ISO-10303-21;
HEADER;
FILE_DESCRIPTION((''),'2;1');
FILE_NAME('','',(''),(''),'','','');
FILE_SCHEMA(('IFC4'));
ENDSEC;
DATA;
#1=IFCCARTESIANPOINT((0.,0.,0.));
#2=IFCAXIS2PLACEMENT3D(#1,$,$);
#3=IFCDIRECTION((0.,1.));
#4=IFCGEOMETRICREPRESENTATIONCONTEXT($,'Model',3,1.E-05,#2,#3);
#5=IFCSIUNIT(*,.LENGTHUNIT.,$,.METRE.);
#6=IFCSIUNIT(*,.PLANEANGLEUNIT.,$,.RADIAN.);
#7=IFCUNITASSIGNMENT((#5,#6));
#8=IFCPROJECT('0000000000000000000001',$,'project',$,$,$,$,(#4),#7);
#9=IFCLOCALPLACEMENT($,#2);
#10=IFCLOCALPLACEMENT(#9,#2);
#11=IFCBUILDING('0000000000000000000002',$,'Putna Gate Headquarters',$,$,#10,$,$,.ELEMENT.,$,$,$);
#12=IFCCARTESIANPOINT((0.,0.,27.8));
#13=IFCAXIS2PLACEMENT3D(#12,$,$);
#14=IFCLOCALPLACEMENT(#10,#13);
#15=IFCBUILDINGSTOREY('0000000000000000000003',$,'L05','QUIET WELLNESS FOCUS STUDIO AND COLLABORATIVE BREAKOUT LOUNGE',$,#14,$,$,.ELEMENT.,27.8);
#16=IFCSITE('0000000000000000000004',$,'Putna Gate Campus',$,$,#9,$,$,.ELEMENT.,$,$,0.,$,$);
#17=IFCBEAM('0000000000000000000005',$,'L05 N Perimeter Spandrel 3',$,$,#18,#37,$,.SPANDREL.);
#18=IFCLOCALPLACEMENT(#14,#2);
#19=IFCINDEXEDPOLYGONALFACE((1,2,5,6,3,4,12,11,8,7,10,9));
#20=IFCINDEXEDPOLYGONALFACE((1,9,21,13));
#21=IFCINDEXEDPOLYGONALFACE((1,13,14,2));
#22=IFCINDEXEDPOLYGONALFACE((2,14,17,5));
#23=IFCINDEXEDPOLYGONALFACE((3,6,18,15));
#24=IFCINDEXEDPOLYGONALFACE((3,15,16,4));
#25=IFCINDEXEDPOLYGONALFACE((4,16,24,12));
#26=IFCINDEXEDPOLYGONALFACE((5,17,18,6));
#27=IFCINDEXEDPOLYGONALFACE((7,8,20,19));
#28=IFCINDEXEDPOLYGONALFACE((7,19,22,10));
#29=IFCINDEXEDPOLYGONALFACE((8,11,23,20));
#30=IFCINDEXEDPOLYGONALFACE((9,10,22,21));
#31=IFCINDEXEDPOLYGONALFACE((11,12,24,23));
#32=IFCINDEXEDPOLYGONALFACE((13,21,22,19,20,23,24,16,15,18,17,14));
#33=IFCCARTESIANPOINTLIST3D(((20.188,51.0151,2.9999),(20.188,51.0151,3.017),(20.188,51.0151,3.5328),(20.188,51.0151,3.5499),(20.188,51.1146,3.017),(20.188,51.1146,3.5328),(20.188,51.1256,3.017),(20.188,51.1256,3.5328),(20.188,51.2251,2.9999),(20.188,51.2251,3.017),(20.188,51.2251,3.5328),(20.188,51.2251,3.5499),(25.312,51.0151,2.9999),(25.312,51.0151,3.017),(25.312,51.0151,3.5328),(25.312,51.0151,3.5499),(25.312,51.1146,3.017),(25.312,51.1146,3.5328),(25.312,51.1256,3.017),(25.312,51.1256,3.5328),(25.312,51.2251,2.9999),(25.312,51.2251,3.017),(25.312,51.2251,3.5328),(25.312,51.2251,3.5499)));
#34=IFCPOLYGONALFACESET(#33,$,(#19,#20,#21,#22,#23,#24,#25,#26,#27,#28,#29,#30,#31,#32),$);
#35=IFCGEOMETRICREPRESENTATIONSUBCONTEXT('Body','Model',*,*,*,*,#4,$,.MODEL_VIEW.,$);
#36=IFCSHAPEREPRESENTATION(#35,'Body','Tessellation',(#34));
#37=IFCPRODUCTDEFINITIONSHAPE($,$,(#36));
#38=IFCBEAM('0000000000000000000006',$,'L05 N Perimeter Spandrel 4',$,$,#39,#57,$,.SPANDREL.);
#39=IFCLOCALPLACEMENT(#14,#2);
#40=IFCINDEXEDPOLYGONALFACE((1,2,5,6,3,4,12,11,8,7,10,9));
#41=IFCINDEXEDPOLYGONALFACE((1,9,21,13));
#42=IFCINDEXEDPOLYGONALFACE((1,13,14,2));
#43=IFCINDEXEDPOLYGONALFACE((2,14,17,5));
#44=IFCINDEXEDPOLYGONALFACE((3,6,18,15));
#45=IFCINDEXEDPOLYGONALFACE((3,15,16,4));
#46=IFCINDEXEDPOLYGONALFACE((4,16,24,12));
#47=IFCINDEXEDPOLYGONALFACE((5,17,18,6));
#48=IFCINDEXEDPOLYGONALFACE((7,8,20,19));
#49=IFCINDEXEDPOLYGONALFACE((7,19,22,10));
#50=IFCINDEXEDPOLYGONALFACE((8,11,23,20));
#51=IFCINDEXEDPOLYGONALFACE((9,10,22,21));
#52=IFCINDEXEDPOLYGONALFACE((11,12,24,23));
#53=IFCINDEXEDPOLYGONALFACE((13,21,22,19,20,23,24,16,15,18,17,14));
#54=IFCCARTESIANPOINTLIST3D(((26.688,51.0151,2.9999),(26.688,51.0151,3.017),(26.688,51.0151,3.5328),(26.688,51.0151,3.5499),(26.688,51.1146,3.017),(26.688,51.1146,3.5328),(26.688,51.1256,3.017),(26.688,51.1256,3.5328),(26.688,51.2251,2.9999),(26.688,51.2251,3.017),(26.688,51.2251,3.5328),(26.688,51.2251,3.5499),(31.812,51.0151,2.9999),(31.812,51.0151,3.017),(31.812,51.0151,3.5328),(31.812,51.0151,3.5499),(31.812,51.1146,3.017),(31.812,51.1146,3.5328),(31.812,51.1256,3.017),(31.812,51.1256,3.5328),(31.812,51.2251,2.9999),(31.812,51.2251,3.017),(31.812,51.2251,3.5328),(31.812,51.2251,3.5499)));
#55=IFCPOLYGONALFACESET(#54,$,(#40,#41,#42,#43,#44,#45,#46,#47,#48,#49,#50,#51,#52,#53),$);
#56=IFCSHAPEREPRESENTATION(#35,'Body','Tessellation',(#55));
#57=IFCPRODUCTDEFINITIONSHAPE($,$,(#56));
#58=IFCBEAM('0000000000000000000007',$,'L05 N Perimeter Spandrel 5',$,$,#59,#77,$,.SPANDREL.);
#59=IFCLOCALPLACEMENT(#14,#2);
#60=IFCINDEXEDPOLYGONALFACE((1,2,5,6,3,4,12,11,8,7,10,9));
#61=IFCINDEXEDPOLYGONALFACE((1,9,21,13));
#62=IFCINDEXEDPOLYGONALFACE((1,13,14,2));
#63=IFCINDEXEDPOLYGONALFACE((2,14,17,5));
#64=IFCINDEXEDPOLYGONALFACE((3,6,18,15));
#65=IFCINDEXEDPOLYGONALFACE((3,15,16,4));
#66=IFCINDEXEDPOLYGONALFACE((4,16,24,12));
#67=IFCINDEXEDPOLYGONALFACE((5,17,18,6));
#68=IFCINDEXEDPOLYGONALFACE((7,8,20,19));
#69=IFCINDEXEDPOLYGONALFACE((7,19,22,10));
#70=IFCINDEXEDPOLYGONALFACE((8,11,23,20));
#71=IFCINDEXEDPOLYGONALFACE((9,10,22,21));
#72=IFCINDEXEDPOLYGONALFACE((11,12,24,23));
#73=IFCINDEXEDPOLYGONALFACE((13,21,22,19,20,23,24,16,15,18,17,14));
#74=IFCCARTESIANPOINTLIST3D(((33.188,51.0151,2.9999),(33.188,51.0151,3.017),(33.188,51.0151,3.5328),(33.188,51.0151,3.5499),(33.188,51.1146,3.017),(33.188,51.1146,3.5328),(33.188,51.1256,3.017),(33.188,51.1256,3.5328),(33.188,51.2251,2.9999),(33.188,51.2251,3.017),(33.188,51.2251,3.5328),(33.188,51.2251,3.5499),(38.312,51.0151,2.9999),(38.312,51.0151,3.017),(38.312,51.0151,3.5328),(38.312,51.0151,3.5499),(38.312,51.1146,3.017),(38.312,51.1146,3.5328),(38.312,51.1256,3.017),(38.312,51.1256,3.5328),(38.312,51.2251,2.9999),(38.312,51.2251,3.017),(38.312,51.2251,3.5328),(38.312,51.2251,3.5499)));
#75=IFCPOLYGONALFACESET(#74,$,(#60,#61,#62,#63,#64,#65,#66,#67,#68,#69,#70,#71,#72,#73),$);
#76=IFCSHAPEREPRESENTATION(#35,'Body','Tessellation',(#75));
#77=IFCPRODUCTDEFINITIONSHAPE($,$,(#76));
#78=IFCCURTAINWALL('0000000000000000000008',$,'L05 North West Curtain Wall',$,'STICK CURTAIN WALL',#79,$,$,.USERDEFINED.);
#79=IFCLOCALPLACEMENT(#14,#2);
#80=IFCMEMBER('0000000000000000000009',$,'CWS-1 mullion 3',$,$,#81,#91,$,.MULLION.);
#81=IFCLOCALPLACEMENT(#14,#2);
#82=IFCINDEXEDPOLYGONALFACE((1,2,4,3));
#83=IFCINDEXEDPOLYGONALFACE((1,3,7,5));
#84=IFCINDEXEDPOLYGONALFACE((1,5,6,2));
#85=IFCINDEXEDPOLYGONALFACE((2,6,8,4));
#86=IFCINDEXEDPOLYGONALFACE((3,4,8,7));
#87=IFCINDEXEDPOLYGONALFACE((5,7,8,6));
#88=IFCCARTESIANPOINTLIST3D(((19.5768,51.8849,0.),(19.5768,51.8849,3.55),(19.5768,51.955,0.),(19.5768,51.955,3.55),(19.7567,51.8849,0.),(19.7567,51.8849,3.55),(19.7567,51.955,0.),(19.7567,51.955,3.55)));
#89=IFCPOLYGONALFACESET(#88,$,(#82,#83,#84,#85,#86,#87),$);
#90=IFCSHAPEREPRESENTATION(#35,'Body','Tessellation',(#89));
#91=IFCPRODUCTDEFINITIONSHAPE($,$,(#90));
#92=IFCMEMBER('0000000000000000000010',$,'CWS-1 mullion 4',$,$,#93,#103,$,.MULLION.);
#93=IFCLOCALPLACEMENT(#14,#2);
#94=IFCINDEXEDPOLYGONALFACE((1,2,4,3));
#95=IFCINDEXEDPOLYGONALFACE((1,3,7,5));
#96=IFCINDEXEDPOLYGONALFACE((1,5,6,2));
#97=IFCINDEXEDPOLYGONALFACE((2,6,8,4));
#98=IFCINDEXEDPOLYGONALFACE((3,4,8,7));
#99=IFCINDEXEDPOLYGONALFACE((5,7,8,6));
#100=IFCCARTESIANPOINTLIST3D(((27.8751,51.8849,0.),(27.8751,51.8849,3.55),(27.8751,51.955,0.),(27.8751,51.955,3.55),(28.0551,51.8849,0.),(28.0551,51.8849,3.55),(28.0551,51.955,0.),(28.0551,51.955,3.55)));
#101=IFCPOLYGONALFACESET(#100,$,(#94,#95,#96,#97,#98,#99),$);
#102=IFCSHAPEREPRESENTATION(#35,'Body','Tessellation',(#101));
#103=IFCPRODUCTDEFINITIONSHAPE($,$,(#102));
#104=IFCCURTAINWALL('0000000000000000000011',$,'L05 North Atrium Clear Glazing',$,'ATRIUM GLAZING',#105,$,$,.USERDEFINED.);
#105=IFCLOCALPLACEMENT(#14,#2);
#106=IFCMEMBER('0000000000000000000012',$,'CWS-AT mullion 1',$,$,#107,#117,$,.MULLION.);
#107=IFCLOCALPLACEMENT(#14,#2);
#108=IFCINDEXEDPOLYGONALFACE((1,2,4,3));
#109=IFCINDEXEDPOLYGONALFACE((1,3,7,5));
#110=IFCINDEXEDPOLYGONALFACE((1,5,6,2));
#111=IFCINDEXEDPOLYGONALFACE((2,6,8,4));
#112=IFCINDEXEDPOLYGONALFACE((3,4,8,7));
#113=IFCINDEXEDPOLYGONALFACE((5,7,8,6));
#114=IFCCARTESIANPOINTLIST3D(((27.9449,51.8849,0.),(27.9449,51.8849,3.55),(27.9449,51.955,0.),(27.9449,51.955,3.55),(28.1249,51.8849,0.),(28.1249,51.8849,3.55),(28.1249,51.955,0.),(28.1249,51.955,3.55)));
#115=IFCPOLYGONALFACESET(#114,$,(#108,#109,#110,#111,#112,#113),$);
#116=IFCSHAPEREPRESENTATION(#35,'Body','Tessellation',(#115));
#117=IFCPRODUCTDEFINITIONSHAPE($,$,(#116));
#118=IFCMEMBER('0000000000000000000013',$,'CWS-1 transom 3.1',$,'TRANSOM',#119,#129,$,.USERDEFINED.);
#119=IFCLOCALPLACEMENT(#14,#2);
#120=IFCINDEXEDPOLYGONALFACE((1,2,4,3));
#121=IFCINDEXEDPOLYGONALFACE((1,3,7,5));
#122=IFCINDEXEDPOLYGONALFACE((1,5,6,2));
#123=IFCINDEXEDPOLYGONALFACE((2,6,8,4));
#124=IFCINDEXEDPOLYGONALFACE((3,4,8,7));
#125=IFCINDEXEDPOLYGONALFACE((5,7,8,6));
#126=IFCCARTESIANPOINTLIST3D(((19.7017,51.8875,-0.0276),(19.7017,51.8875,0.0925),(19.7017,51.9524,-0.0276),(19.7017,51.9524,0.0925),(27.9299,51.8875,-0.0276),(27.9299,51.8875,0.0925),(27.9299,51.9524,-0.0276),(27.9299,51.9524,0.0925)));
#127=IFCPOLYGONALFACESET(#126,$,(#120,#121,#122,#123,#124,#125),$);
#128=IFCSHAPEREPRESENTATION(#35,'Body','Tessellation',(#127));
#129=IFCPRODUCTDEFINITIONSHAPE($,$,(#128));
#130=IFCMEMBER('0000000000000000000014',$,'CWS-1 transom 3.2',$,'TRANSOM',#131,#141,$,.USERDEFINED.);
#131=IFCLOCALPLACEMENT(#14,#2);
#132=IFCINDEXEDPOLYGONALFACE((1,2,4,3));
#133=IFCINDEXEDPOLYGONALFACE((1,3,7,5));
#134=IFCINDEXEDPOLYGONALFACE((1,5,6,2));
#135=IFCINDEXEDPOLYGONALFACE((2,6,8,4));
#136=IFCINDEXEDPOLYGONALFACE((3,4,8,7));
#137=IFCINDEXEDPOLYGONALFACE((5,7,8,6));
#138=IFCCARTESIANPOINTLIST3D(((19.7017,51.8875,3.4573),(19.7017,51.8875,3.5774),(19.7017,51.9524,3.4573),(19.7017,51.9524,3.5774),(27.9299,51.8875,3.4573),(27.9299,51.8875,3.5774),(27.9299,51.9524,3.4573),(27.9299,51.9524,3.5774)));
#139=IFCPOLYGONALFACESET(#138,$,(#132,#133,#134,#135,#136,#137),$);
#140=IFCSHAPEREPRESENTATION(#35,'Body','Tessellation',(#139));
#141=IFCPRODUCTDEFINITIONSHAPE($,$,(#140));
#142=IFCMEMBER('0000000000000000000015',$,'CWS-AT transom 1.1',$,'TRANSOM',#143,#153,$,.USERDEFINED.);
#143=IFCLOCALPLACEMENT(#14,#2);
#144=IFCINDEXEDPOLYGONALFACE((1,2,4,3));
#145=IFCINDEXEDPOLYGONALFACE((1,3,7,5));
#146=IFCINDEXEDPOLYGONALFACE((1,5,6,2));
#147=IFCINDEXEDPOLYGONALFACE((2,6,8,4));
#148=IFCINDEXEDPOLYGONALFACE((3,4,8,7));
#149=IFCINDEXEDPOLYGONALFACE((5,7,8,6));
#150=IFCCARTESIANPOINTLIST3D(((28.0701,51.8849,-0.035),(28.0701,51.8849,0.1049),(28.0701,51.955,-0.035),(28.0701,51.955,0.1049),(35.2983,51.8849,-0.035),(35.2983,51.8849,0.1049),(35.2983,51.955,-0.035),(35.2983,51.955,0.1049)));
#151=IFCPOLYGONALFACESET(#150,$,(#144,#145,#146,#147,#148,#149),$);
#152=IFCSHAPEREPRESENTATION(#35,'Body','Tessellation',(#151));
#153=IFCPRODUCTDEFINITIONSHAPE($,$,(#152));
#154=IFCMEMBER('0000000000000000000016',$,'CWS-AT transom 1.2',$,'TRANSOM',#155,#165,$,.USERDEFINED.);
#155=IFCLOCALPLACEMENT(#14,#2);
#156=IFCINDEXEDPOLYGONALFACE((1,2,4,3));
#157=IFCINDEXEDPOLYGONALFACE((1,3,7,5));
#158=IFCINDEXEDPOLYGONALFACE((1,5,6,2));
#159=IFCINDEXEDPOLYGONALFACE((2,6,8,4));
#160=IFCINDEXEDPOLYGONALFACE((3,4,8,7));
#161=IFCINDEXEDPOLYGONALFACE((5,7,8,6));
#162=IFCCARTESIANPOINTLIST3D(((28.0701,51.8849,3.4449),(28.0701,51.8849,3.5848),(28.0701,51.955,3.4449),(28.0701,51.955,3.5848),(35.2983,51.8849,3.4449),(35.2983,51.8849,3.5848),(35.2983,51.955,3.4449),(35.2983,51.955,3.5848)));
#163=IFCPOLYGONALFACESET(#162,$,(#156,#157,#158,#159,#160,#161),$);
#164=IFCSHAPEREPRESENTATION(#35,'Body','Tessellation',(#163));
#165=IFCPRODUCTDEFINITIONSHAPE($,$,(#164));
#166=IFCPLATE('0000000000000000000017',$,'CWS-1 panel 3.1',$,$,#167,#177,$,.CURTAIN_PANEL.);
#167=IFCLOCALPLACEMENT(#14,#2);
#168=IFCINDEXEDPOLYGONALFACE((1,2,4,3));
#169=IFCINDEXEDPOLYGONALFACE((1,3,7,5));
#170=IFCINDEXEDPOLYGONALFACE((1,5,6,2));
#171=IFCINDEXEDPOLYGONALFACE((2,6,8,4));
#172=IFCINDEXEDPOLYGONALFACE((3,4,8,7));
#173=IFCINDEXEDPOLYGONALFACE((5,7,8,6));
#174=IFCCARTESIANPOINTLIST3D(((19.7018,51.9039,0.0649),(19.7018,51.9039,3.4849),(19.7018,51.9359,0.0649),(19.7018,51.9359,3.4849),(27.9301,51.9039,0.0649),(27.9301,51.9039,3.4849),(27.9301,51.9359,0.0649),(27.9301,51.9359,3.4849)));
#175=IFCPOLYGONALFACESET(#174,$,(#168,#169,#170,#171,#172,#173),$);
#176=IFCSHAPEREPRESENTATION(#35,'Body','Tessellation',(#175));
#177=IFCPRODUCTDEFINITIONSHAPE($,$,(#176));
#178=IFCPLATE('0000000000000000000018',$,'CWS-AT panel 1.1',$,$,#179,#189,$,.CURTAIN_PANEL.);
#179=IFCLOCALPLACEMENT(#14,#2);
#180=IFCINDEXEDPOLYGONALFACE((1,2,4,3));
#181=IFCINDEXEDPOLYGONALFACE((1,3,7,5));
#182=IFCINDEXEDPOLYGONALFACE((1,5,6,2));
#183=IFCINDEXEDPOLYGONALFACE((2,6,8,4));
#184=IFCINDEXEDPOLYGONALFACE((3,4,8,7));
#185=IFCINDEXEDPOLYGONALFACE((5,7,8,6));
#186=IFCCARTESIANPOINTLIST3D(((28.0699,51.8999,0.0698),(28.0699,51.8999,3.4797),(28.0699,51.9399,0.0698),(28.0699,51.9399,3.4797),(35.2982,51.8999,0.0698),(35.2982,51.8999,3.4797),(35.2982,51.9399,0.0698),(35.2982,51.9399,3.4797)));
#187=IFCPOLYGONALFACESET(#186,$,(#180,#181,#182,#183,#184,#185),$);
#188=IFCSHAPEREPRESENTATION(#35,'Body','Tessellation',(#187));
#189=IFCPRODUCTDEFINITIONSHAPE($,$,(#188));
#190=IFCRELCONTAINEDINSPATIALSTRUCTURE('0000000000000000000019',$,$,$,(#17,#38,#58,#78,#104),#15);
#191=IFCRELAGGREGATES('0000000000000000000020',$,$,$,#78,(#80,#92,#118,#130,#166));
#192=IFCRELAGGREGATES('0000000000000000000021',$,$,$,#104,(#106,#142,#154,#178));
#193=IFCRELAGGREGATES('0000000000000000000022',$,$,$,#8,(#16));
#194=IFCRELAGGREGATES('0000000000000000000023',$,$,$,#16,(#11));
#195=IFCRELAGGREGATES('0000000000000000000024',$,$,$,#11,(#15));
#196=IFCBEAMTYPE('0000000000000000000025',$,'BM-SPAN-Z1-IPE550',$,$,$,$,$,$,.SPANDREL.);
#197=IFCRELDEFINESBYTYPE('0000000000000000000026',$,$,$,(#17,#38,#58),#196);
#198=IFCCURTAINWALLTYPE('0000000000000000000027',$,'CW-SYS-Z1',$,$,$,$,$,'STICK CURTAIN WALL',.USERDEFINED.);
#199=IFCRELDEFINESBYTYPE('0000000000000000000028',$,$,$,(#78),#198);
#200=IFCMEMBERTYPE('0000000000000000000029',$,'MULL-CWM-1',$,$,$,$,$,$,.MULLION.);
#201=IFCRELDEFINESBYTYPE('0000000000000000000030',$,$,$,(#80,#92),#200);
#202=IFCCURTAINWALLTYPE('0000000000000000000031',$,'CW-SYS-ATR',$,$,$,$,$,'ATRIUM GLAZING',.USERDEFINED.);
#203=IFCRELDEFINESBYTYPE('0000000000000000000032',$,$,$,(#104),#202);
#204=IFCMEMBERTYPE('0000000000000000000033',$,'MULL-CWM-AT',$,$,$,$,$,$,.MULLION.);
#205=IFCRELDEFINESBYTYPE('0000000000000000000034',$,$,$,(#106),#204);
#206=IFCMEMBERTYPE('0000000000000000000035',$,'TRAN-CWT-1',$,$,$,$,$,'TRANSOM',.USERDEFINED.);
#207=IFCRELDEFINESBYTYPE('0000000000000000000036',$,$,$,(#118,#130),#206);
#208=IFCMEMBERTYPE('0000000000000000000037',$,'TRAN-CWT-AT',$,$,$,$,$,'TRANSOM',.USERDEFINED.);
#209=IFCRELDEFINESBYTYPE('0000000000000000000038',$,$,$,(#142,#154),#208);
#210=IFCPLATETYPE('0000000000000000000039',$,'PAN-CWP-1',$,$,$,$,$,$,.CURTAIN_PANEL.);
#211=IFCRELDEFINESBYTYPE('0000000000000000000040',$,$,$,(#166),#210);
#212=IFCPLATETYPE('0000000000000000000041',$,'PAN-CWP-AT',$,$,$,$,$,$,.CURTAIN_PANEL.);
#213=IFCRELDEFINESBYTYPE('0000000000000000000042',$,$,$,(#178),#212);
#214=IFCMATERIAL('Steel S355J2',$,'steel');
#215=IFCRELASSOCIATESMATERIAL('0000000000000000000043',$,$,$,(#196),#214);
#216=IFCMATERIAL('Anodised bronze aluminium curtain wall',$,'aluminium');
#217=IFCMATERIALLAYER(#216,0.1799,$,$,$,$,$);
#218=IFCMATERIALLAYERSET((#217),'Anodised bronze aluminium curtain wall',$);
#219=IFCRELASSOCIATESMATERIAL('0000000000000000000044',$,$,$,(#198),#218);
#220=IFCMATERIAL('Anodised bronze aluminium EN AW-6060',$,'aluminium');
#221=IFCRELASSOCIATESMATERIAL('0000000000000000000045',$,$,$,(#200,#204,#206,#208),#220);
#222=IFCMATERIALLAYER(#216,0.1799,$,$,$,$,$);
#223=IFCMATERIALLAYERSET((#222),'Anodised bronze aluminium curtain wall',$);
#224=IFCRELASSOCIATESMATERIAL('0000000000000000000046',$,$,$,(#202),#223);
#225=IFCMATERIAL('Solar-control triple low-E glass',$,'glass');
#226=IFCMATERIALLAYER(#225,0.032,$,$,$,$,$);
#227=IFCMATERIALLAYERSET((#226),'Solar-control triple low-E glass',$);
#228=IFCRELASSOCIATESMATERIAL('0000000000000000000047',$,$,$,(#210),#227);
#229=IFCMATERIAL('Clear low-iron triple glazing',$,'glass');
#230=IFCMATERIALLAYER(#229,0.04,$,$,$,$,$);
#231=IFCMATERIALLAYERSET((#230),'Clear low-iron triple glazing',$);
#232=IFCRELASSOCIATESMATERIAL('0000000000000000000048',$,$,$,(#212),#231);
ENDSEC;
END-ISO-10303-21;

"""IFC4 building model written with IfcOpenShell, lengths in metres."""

from ifc_helpers import new_model, si_unit, direction, frame, origin, origin_2d, place, context, subcontext, project, spatial, rectangle, i_section, extrude, material, layer, layer_set, material_profile, profile_set, type_object, element, aggregate, save


model = new_model("IFC4")

# Units and contexts
model_context = context("Model", 3, precision=1e-05, world=origin(), true_north=direction((0.0, 1.0)))
body_context = subcontext(model_context, "Body", "Model", "MODEL_VIEW")
ifc_project = project(units=[si_unit("LENGTHUNIT", "METRE"), si_unit("PLANEANGLEUNIT", "RADIAN")], contexts=[model_context])

# Site, building, storey
site_placement = place(None, origin())
site = spatial("IfcSite", under=ifc_project, at=site_placement, Name="Putna Gate Campus", CompositionType="ELEMENT", RefElevation=0.0)
building_placement = place(site_placement, origin())
building = spatial("IfcBuilding", under=site, at=building_placement, Name="Putna Gate Headquarters", CompositionType="ELEMENT")
storey_placement = place(building_placement, frame((0.0, 0.0, 27.8)))
storey = spatial("IfcBuildingStorey", under=building, at=storey_placement, Name="L05", Description="QUIET WELLNESS FOCUS STUDIO AND COLLABORATIVE BREAKOUT LOUNGE", CompositionType="ELEMENT", Elevation=27.8)

# Beams
ifc_material_1 = material(Name="Steel S355J2", Category="steel")
ifc_material_profile_1 = material_profile(ifc_material_1, i_section(OverallWidth=0.21, OverallDepth=0.55, WebThickness=0.011, FlangeThickness=0.0171, at=origin_2d()), Name="Steel S355J2")
ifc_profile_set_1 = profile_set([ifc_material_profile_1], Name="Steel S355J2")
beam_type_1 = type_object("IfcBeamType", Name="BM-SPAN-Z1-IPE550", PredefinedType="SPANDREL", material=ifc_profile_set_1)
for number, where, z_axis, x_axis, name in (
    (1, (20.188, 51.1201, 3.2749), (1.0, 0.0, 0.0), (0.0, 1.0, 0.0), "L05 N Perimeter Spandrel 3"),
    (2, (26.688, 51.1201, 3.2749), (1.0, 0.0, 0.0), (0.0, 1.0, 0.0), "L05 N Perimeter Spandrel 4"),
    (3, (33.188, 51.1201, 3.2749), (1.0, 0.0, 0.0), (0.0, 1.0, 0.0), "L05 N Perimeter Spandrel 5"),
):
    element("IfcBeam", number, at=place(storey_placement, frame(where, z_axis=z_axis, x_axis=x_axis)), inside=storey, type_object=beam_type_1, Name=name, PredefinedType="SPANDREL", context=body_context, shape_type="SweptSolid", body=[
        extrude(i_section(OverallWidth=0.21, OverallDepth=0.55, WebThickness=0.011, FlangeThickness=0.0171, at=origin_2d()), origin(), (0.0, 0.0, 1.0), 5.124),
    ])

# Curtain wall, members
ifc_material_2 = material(Name="Anodised bronze aluminium curtain wall", Category="aluminium")
ifc_layer_1 = layer(ifc_material_2, 0.1799)
ifc_layer_set_1 = layer_set([ifc_layer_1], Name="Anodised bronze aluminium curtain wall")
curtain_wall_type_1 = type_object("IfcCurtainWallType", Name="CW-SYS-Z1", ElementType="STICK CURTAIN WALL", PredefinedType="USERDEFINED", material=ifc_layer_set_1)
curtain_wall_1_placement = place(storey_placement, origin())
curtain_wall_1 = element("IfcCurtainWall", 4, at=curtain_wall_1_placement, inside=storey, type_object=curtain_wall_type_1, Name="L05 North West Curtain Wall", ObjectType="STICK CURTAIN WALL", PredefinedType="USERDEFINED")
ifc_material_3 = material(Name="Anodised bronze aluminium EN AW-6060", Category="aluminium")
ifc_material_profile_2 = material_profile(ifc_material_3, rectangle(XDim=0.0701, YDim=0.1799, at=origin_2d()), Name="Anodised bronze aluminium EN AW-6060")
ifc_profile_set_2 = profile_set([ifc_material_profile_2], Name="Anodised bronze aluminium EN AW-6060")
member_type_1 = type_object("IfcMemberType", Name="MULL-CWM-1", PredefinedType="MULLION", material=ifc_profile_set_2)
member_1_placement = place(storey_placement, frame((19.6667, 51.9199, 0.0), z_axis=(0.0, 0.0, 1.0), x_axis=(0.0, 1.0, 0.0)))
member_1 = element("IfcMember", 5, at=member_1_placement, type_object=member_type_1, Name="CWS-1 mullion 3", PredefinedType="MULLION", context=body_context, shape_type="SweptSolid", body=[
    extrude(rectangle(XDim=0.0701, YDim=0.1799, at=origin_2d()), origin(), (0.0, 0.0, 1.0), 3.55),
])
member_2_placement = place(storey_placement, frame((27.9651, 51.9199, 0.0), z_axis=(0.0, 0.0, 1.0), x_axis=(0.0, 1.0, 0.0)))
member_2 = element("IfcMember", 6, at=member_2_placement, type_object=member_type_1, Name="CWS-1 mullion 4", PredefinedType="MULLION", context=body_context, shape_type="SweptSolid", body=[
    extrude(rectangle(XDim=0.0701, YDim=0.1799, at=origin_2d()), origin(), (0.0, 0.0, 1.0), 3.55),
])

# Curtain wall, member
ifc_layer_2 = layer(ifc_material_2, 0.1799)
ifc_layer_set_2 = layer_set([ifc_layer_2], Name="Anodised bronze aluminium curtain wall")
curtain_wall_type_2 = type_object("IfcCurtainWallType", Name="CW-SYS-ATR", ElementType="ATRIUM GLAZING", PredefinedType="USERDEFINED", material=ifc_layer_set_2)
curtain_wall_2_placement = place(storey_placement, origin())
curtain_wall_2 = element("IfcCurtainWall", 7, at=curtain_wall_2_placement, inside=storey, type_object=curtain_wall_type_2, Name="L05 North Atrium Clear Glazing", ObjectType="ATRIUM GLAZING", PredefinedType="USERDEFINED")
ifc_material_profile_3 = material_profile(ifc_material_3, rectangle(XDim=0.0701, YDim=0.1799, at=origin_2d()), Name="Anodised bronze aluminium EN AW-6060")
ifc_profile_set_3 = profile_set([ifc_material_profile_3], Name="Anodised bronze aluminium EN AW-6060")
member_type_2 = type_object("IfcMemberType", Name="MULL-CWM-AT", PredefinedType="MULLION", material=ifc_profile_set_3)
member_3_placement = place(storey_placement, frame((28.0349, 51.9199, 0.0), z_axis=(0.0, 0.0, 1.0), x_axis=(0.0, 1.0, 0.0)))
member_3 = element("IfcMember", 8, at=member_3_placement, type_object=member_type_2, Name="CWS-AT mullion 1", PredefinedType="MULLION", context=body_context, shape_type="SweptSolid", body=[
    extrude(rectangle(XDim=0.0701, YDim=0.1799, at=origin_2d()), origin(), (0.0, 0.0, 1.0), 3.55),
])

# Members
ifc_material_profile_4 = material_profile(ifc_material_3, rectangle(XDim=0.0649, YDim=0.1201, at=origin_2d()), Name="Anodised bronze aluminium EN AW-6060")
ifc_profile_set_4 = profile_set([ifc_material_profile_4], Name="Anodised bronze aluminium EN AW-6060")
member_type_3 = type_object("IfcMemberType", Name="TRAN-CWT-1", ElementType="TRANSOM", PredefinedType="USERDEFINED", material=ifc_profile_set_4)
member_4_placement = place(storey_placement, frame((19.7017, 51.9199, 0.0325), z_axis=(1.0, 0.0, 0.0), x_axis=(0.0, 1.0, 0.0)))
member_4 = element("IfcMember", 9, at=member_4_placement, type_object=member_type_3, Name="CWS-1 transom 3.1", ObjectType="TRANSOM", PredefinedType="USERDEFINED", context=body_context, shape_type="SweptSolid", body=[
    extrude(rectangle(XDim=0.0649, YDim=0.1201, at=origin_2d()), origin(), (0.0, 0.0, 1.0), 8.2283),
])
member_5_placement = place(storey_placement, frame((19.7017, 51.9199, 3.5173), z_axis=(1.0, 0.0, 0.0), x_axis=(0.0, 1.0, 0.0)))
member_5 = element("IfcMember", 10, at=member_5_placement, type_object=member_type_3, Name="CWS-1 transom 3.2", ObjectType="TRANSOM", PredefinedType="USERDEFINED", context=body_context, shape_type="SweptSolid", body=[
    extrude(rectangle(XDim=0.0649, YDim=0.1201, at=origin_2d()), origin(), (0.0, 0.0, 1.0), 8.2283),
])
ifc_material_profile_5 = material_profile(ifc_material_3, rectangle(XDim=0.0701, YDim=0.1399, at=origin_2d()), Name="Anodised bronze aluminium EN AW-6060")
ifc_profile_set_5 = profile_set([ifc_material_profile_5], Name="Anodised bronze aluminium EN AW-6060")
member_type_4 = type_object("IfcMemberType", Name="TRAN-CWT-AT", ElementType="TRANSOM", PredefinedType="USERDEFINED", material=ifc_profile_set_5)
member_6_placement = place(storey_placement, frame((28.0701, 51.9199, 0.0349), z_axis=(1.0, 0.0, 0.0), x_axis=(0.0, 1.0, 0.0)))
member_6 = element("IfcMember", 11, at=member_6_placement, type_object=member_type_4, Name="CWS-AT transom 1.1", ObjectType="TRANSOM", PredefinedType="USERDEFINED", context=body_context, shape_type="SweptSolid", body=[
    extrude(rectangle(XDim=0.0701, YDim=0.1399, at=origin_2d()), origin(), (0.0, 0.0, 1.0), 7.2283),
])
member_7_placement = place(storey_placement, frame((28.0701, 51.9199, 3.5149), z_axis=(1.0, 0.0, 0.0), x_axis=(0.0, 1.0, 0.0)))
member_7 = element("IfcMember", 12, at=member_7_placement, type_object=member_type_4, Name="CWS-AT transom 1.2", ObjectType="TRANSOM", PredefinedType="USERDEFINED", context=body_context, shape_type="SweptSolid", body=[
    extrude(rectangle(XDim=0.0701, YDim=0.1399, at=origin_2d()), origin(), (0.0, 0.0, 1.0), 7.2283),
])

# Plates
ifc_material_4 = material(Name="Solar-control triple low-E glass", Category="glass")
ifc_layer_3 = layer(ifc_material_4, 0.032)
ifc_layer_set_3 = layer_set([ifc_layer_3], Name="Solar-control triple low-E glass")
plate_type_1 = type_object("IfcPlateType", Name="PAN-CWP-1", PredefinedType="CURTAIN_PANEL", material=ifc_layer_set_3)
plate_1_placement = place(storey_placement, frame((23.8159, 51.9199, 0.0649), z_axis=(0.0, 0.0, 1.0), x_axis=(1.0, 0.0, 0.0)))
plate_1 = element("IfcPlate", 13, at=plate_1_placement, type_object=plate_type_1, Name="CWS-1 panel 3.1", PredefinedType="CURTAIN_PANEL", context=body_context, shape_type="SweptSolid", body=[
    extrude(rectangle(XDim=8.2283, YDim=0.032, at=origin_2d()), origin(), (0.0, 0.0, 1.0), 3.4199),
])
aggregate(curtain_wall_1, [member_1, member_2, member_4, member_5, plate_1])
ifc_material_5 = material(Name="Clear low-iron triple glazing", Category="glass")
ifc_layer_4 = layer(ifc_material_5, 0.04)
ifc_layer_set_4 = layer_set([ifc_layer_4], Name="Clear low-iron triple glazing")
plate_type_2 = type_object("IfcPlateType", Name="PAN-CWP-AT", PredefinedType="CURTAIN_PANEL", material=ifc_layer_set_4)
plate_2_placement = place(storey_placement, frame((31.6841, 51.9199, 0.0698), z_axis=(0.0, 0.0, 1.0), x_axis=(1.0, 0.0, 0.0)))
plate_2 = element("IfcPlate", 14, at=plate_2_placement, type_object=plate_type_2, Name="CWS-AT panel 1.1", PredefinedType="CURTAIN_PANEL", context=body_context, shape_type="SweptSolid", body=[
    extrude(rectangle(XDim=7.2283, YDim=0.04, at=origin_2d()), origin(), (0.0, 0.0, 1.0), 3.4099),
])
aggregate(curtain_wall_2, [member_3, member_6, member_7, plate_2])

save(model, "model.ifc")
